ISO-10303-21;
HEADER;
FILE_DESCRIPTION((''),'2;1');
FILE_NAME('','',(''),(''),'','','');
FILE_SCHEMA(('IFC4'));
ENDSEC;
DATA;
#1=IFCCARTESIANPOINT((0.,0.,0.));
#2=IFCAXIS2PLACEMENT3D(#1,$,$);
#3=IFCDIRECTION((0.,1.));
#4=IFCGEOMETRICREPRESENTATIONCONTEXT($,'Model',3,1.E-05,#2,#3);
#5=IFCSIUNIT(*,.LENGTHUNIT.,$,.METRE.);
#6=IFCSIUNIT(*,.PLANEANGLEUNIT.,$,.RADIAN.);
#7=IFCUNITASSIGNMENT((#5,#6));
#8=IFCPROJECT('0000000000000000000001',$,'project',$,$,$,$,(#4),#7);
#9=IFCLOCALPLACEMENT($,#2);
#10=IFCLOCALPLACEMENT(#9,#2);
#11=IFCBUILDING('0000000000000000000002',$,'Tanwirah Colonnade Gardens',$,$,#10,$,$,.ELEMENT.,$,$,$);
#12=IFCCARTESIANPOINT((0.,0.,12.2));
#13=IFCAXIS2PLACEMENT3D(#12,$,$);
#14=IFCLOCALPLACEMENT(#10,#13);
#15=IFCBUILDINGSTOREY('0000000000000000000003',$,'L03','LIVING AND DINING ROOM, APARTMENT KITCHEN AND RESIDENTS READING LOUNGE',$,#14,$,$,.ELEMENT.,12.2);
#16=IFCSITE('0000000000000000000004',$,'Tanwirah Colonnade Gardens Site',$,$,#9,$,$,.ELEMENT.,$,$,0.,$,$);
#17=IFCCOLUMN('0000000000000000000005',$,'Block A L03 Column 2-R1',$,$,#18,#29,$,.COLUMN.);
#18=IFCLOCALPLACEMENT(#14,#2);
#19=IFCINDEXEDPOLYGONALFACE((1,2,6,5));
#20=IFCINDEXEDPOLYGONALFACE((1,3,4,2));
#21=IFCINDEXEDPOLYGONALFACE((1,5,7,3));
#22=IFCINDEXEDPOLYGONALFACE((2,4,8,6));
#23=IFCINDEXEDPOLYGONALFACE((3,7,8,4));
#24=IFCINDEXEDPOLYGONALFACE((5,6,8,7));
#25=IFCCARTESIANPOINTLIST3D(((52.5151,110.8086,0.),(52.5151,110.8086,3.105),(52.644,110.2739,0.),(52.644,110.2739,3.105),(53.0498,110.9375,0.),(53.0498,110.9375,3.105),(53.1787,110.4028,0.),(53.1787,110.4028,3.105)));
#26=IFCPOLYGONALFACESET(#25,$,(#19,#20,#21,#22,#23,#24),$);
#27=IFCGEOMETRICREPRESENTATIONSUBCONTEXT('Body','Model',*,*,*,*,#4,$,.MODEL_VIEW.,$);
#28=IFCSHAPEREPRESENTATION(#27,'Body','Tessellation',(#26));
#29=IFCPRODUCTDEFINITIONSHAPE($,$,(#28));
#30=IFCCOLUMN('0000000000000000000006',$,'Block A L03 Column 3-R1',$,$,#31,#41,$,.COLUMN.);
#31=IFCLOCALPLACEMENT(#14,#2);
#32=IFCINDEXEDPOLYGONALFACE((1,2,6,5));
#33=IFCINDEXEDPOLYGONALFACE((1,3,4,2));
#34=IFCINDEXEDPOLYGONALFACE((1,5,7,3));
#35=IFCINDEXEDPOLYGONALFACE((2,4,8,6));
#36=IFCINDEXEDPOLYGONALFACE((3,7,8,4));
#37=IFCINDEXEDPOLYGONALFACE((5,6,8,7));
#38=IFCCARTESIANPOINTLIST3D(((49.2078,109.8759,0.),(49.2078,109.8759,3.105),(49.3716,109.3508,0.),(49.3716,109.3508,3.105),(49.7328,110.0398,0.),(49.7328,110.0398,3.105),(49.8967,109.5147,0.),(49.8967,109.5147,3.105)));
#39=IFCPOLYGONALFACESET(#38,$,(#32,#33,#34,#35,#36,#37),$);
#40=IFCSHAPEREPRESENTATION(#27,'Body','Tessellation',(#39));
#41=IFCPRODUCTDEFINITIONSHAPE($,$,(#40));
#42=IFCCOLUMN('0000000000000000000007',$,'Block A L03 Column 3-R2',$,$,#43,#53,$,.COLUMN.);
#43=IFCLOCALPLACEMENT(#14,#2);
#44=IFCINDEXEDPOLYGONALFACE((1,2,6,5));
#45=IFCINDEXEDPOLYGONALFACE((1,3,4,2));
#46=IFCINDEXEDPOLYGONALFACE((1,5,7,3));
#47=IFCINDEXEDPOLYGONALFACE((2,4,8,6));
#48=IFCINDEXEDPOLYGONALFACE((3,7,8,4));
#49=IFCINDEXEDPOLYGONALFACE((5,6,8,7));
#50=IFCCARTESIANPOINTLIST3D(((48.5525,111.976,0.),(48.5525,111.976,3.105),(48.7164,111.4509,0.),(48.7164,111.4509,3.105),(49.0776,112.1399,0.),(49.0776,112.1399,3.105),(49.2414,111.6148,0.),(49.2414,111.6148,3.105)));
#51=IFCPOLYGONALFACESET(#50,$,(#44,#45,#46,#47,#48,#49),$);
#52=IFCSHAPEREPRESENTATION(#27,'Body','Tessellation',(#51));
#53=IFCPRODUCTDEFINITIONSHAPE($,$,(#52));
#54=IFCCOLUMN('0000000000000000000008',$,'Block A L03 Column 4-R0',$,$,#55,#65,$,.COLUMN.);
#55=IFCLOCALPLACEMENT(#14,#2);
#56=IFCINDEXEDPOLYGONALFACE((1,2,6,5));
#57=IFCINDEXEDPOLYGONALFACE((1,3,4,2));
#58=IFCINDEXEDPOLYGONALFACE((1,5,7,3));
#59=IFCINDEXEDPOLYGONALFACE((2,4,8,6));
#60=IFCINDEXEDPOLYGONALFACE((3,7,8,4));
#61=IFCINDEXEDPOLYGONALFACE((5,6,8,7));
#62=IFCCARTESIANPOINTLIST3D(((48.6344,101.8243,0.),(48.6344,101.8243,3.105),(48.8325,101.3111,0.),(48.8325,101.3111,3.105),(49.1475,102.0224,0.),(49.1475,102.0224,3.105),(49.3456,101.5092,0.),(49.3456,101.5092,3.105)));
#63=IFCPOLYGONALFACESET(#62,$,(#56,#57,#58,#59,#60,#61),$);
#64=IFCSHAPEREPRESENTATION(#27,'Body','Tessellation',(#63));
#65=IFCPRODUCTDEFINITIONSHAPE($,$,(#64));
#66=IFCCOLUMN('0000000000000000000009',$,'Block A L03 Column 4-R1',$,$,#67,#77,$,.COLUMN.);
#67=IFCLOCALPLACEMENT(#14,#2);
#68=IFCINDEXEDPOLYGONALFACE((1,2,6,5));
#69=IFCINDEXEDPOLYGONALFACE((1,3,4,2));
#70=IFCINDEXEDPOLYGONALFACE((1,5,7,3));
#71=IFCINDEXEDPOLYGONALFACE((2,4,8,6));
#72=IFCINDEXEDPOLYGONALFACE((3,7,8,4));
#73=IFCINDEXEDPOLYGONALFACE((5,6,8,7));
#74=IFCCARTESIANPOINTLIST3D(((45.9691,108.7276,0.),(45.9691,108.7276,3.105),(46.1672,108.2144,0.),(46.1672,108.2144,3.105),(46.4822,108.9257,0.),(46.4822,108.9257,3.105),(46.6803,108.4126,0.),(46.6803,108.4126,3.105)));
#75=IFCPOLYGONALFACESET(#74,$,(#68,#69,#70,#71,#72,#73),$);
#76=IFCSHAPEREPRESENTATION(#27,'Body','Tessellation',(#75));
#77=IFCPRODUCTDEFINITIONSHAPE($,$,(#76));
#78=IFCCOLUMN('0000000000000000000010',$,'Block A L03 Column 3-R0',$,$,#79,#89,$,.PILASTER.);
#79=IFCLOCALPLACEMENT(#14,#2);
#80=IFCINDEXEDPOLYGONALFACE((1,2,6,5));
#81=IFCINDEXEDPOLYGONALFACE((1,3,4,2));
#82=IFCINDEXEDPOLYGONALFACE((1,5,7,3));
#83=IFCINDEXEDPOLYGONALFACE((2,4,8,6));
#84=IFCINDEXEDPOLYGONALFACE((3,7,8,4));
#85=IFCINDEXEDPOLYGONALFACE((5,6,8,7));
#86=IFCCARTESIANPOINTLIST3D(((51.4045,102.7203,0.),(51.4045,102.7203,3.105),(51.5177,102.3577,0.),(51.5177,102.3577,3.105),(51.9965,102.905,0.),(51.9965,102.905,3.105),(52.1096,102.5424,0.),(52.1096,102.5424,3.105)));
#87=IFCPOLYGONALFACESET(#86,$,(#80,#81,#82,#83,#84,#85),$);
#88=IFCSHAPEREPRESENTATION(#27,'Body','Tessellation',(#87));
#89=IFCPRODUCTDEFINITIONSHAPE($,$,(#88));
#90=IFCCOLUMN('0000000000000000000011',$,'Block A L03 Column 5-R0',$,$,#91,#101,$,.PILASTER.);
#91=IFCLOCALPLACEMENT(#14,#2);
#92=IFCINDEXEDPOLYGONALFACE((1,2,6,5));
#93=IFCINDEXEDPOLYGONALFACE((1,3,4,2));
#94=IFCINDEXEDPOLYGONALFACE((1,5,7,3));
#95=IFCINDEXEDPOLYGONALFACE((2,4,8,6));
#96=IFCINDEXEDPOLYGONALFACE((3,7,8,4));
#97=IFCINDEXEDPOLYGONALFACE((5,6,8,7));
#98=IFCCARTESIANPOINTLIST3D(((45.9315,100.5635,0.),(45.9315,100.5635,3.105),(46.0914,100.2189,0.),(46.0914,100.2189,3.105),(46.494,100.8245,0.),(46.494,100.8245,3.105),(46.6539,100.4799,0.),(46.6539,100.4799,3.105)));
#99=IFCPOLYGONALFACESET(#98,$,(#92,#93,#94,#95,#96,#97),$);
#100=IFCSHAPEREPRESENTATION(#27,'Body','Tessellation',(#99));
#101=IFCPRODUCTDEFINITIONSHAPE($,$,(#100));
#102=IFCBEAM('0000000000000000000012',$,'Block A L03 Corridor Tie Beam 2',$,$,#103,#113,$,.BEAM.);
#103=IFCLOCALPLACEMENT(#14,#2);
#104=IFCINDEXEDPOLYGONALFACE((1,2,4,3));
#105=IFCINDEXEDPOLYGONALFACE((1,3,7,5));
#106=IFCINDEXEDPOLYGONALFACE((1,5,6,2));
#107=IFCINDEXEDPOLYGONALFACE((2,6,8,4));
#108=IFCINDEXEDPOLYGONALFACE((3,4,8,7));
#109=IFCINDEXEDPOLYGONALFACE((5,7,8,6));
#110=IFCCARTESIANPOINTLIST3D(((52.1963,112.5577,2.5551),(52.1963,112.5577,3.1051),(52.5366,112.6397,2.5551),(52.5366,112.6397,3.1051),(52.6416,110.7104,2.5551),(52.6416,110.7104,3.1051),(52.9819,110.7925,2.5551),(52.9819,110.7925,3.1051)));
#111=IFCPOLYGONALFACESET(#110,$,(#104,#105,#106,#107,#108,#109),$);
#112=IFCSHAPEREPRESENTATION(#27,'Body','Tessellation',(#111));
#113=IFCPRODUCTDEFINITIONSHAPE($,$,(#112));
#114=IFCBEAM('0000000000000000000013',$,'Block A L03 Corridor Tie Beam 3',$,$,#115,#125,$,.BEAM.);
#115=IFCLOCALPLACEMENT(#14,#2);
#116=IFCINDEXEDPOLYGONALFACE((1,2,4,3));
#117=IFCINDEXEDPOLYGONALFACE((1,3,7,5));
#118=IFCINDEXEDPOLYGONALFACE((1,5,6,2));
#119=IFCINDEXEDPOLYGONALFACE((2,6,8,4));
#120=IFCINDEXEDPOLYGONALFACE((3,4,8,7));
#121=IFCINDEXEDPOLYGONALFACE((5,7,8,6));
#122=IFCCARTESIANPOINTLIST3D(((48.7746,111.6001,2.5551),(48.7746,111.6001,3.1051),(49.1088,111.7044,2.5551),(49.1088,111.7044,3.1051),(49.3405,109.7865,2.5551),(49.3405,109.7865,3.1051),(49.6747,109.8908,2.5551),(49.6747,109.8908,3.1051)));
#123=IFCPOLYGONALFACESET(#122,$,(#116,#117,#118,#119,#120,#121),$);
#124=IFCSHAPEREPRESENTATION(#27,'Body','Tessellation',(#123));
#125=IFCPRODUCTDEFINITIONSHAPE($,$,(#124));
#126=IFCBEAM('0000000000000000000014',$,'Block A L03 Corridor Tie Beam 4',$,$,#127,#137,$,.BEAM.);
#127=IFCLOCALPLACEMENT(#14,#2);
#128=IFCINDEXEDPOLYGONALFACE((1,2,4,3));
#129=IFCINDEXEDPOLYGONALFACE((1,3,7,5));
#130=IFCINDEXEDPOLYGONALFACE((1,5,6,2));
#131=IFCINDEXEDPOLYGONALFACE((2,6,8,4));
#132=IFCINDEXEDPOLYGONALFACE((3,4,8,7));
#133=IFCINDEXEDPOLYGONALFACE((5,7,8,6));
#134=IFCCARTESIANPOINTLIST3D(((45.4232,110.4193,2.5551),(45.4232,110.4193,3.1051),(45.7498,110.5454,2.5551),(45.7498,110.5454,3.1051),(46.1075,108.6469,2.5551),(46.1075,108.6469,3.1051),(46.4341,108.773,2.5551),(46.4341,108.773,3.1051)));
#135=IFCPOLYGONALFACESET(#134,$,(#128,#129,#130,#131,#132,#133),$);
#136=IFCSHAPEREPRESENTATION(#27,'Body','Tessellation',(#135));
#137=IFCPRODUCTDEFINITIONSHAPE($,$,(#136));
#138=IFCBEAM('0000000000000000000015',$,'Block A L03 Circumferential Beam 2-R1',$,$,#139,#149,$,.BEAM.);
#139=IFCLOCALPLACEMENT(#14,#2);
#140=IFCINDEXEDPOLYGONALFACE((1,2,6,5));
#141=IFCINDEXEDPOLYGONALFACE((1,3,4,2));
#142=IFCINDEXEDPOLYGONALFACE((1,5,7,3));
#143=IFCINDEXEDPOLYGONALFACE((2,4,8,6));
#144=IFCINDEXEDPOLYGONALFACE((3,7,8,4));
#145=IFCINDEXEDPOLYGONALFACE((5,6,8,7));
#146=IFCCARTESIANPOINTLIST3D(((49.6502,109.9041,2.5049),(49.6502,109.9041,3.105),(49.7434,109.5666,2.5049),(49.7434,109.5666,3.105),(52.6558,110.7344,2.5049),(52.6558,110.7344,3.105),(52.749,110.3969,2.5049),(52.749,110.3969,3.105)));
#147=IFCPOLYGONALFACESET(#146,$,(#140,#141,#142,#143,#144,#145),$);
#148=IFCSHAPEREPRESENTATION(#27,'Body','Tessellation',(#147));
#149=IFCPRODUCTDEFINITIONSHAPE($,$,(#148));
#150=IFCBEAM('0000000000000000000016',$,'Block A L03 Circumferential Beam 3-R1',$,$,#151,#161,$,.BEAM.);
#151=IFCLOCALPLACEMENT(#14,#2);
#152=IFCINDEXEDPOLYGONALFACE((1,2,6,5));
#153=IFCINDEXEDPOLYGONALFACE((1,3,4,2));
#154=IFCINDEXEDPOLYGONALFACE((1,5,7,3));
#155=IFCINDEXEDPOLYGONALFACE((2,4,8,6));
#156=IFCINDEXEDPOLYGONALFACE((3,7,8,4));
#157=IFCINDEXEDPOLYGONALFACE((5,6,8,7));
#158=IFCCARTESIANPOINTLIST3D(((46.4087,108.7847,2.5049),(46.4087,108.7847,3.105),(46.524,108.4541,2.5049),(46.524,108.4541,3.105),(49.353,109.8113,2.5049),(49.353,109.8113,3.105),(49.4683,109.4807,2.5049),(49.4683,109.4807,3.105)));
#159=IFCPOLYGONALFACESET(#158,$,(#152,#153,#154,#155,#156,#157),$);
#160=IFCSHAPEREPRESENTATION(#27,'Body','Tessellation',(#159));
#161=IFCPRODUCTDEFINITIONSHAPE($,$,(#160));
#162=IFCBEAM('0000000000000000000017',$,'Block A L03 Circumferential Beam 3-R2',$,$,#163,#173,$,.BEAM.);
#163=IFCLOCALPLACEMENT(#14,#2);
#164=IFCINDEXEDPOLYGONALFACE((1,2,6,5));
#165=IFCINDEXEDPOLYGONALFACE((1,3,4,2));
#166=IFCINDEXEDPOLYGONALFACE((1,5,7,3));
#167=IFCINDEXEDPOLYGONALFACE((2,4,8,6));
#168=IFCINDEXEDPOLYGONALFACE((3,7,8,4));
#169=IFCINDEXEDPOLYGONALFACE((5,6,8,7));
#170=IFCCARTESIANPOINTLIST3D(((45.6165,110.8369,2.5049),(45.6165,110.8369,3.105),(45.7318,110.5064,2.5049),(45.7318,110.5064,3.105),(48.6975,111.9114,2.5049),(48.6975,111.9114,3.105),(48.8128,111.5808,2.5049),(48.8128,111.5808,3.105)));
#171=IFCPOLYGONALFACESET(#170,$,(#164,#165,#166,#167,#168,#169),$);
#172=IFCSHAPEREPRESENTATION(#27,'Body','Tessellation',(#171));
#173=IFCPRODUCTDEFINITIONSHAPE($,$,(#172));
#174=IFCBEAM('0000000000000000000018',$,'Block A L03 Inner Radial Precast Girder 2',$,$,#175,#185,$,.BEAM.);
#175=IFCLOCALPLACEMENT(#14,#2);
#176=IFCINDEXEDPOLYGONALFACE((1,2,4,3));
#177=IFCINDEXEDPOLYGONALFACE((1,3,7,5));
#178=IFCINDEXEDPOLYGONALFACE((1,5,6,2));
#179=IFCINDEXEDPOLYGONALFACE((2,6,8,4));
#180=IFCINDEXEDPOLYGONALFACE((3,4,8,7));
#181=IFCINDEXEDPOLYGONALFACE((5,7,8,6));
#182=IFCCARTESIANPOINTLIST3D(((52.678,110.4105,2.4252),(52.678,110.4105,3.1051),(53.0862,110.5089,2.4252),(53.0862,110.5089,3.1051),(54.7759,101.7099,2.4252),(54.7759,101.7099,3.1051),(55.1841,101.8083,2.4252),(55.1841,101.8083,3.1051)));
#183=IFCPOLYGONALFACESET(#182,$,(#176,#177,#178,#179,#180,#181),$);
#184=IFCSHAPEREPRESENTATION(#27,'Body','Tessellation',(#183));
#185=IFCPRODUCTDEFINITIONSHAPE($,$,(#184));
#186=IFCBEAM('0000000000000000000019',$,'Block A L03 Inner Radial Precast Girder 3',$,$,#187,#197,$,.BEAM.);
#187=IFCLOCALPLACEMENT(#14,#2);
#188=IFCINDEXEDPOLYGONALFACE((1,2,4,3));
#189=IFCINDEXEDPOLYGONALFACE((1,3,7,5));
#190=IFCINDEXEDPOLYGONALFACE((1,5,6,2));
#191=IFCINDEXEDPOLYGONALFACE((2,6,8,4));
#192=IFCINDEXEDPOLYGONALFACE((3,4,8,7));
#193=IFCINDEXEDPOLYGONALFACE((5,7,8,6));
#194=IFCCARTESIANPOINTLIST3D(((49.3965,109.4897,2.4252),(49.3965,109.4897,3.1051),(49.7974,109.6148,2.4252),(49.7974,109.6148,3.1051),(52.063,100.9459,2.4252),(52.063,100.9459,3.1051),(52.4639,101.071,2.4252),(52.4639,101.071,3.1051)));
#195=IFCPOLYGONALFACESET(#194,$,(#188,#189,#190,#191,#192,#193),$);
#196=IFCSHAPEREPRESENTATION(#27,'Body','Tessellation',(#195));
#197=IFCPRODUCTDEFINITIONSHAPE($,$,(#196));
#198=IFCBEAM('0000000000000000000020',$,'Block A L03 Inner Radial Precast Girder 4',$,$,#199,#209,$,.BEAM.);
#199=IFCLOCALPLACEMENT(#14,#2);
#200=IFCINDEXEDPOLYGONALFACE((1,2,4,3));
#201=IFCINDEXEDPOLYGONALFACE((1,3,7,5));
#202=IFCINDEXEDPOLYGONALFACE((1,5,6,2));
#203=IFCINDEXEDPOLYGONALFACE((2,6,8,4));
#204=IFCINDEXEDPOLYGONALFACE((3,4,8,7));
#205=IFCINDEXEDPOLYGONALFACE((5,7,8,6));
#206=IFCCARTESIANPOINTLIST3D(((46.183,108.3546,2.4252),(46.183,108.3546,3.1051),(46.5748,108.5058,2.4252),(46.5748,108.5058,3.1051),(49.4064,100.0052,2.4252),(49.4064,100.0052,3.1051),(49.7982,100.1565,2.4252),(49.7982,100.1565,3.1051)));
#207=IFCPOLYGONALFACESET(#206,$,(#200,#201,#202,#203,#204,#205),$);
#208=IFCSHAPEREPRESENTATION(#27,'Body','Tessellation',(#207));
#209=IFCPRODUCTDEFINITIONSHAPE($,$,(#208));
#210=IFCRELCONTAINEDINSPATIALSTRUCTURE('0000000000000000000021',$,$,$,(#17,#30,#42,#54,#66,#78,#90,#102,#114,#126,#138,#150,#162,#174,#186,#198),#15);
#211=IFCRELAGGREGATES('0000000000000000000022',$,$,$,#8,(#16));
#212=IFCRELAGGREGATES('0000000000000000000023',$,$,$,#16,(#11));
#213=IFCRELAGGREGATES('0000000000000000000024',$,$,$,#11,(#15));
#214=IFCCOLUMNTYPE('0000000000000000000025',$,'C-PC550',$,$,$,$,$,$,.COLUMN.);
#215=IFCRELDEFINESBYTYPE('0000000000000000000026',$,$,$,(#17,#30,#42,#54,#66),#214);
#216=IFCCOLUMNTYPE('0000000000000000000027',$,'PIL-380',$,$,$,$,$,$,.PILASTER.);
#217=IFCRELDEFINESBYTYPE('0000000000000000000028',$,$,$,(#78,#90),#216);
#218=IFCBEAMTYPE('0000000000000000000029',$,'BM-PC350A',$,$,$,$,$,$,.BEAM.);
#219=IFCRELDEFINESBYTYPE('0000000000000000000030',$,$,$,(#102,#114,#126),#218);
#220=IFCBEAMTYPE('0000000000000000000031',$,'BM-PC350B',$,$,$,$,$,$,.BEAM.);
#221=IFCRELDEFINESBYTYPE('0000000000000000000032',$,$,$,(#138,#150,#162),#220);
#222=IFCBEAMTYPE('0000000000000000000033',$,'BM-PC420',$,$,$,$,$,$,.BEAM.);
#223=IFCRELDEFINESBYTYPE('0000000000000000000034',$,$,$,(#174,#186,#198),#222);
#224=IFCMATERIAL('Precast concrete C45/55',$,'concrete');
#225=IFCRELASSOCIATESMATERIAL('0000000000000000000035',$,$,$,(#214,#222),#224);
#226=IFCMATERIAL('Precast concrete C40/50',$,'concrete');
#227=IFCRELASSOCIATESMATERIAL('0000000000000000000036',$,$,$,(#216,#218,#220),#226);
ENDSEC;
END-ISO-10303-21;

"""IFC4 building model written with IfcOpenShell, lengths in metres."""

from ifc_helpers import new_model, si_unit, direction, frame, origin, origin_2d, place, context, subcontext, project, spatial, rectangle, extrude, material, material_profile, profile_set, type_object, element, save


model = new_model("IFC4")

# Units and contexts
model_context = context("Model", 3, precision=1e-05, world=origin(), true_north=direction((0.0, 1.0)))
body_context = subcontext(model_context, "Body", "Model", "MODEL_VIEW")
ifc_project = project(units=[si_unit("LENGTHUNIT", "METRE"), si_unit("PLANEANGLEUNIT", "RADIAN")], contexts=[model_context])

# Site, building, storey
site_placement = place(None, origin())
site = spatial("IfcSite", under=ifc_project, at=site_placement, Name="Tanwirah Colonnade Gardens Site", CompositionType="ELEMENT", RefElevation=0.0)
building_placement = place(site_placement, origin())
building = spatial("IfcBuilding", under=site, at=building_placement, Name="Tanwirah Colonnade Gardens", CompositionType="ELEMENT")
storey_placement = place(building_placement, frame((0.0, 0.0, 12.2)))
storey = spatial("IfcBuildingStorey", under=building, at=storey_placement, Name="L03", Description="LIVING AND DINING ROOM, APARTMENT KITCHEN AND RESIDENTS READING LOUNGE", CompositionType="ELEMENT", Elevation=12.2)

# Columns
ifc_material_1 = material(Name="Precast concrete C45/55", Category="concrete")
ifc_material_profile_1 = material_profile(ifc_material_1, rectangle(XDim=0.55, YDim=0.55, at=origin_2d()), Name="PC-COL 550x550")
ifc_profile_set_1 = profile_set([ifc_material_profile_1], Name="Precast concrete C45/55")
column_type_1 = type_object("IfcColumnType", Name="C-PC550", PredefinedType="COLUMN", material=ifc_profile_set_1)
for number, where, z_axis, x_axis, name in (
    (1, (52.8469, 110.6057, 0.0), (0.0, 0.0, 1.0), (-0.234388, 0.972143, 0.0), "Block A L03 Column 2-R1"),
    (2, (49.5522, 109.6953, 0.0), (0.0, 0.0, 1.0), (-0.29793, 0.954588, 0.0), "Block A L03 Column 3-R1"),
    (3, (48.897, 111.7954, 0.0), (0.0, 0.0, 1.0), (-0.29793, 0.954588, 0.0), "Block A L03 Column 3-R2"),
    (4, (48.99, 101.6667, 0.0), (0.0, 0.0, 1.0), (-0.360178, 0.932884, 0.0), "Block A L03 Column 4-R0"),
    (5, (46.3247, 108.5701, 0.0), (0.0, 0.0, 1.0), (-0.360178, 0.932884, 0.0), "Block A L03 Column 4-R1"),
):
    element("IfcColumn", number, at=place(storey_placement, frame(where, z_axis=z_axis, x_axis=x_axis)), inside=storey, type_object=column_type_1, Name=name, PredefinedType="COLUMN", context=body_context, shape_type="SweptSolid", body=[
        extrude(rectangle(XDim=0.55, YDim=0.55, at=origin_2d()), origin(), (0.0, 0.0, 1.0), 3.105),
    ])
ifc_material_2 = material(Name="Precast concrete C40/50", Category="concrete")
ifc_material_profile_2 = material_profile(ifc_material_2, rectangle(XDim=0.3799, YDim=0.6201, at=origin_2d()), Name="PC-PIL 380x620")
ifc_profile_set_2 = profile_set([ifc_material_profile_2], Name="Precast concrete C40/50")
column_type_2 = type_object("IfcColumnType", Name="PIL-380", PredefinedType="PILASTER", material=ifc_profile_set_2)
for number, where, z_axis, x_axis, name in (
    (6, (51.7571, 102.6313, 0.0), (0.0, 0.0, 1.0), (-0.29793, 0.954588, 0.0), "Block A L03 Column 3-R0"),
    (7, (46.2927, 100.5217, 0.0), (0.0, 0.0, 1.0), (-0.42086, 0.907126, 0.0), "Block A L03 Column 5-R0"),
):
    element("IfcColumn", number, at=place(storey_placement, frame(where, z_axis=z_axis, x_axis=x_axis)), inside=storey, type_object=column_type_2, Name=name, PredefinedType="PILASTER", context=body_context, shape_type="SweptSolid", body=[
        extrude(rectangle(XDim=0.3799, YDim=0.6201, at=origin_2d()), origin(), (0.0, 0.0, 1.0), 3.105),
    ])

# Beams
ifc_material_profile_3 = material_profile(ifc_material_2, rectangle(XDim=0.3501, YDim=0.55, at=origin_2d()), Name="PC-BM 350x550")
ifc_profile_set_3 = profile_set([ifc_material_profile_3], Name="Precast concrete C40/50")
beam_type_1 = type_object("IfcBeamType", Name="BM-PC350A", PredefinedType="BEAM", material=ifc_profile_set_3)
beam_1_placement = place(storey_placement, frame((52.8118, 110.7515, 2.8301), z_axis=(-0.234364, 0.972149, 0.0), x_axis=(-0.972149, -0.234364, 0.0)))
element("IfcBeam", 8, at=beam_1_placement, inside=storey, type_object=beam_type_1, Name="Block A L03 Corridor Tie Beam 2", PredefinedType="BEAM", context=body_context, shape_type="SweptSolid", body=[
    extrude(rectangle(XDim=0.3501, YDim=0.55, at=origin_2d()), origin(), (0.0, 0.0, 1.0), 1.9001),
])
for number, where, z_axis, x_axis, name in (
    (9, (49.5076, 109.8386, 2.8301), (-0.297858, 0.95461, 0.0), (-0.95461, -0.297858, 0.0), "Block A L03 Corridor Tie Beam 3"),
    (10, (46.2708, 108.71, 2.8301), (-0.360176, 0.932885, 0.0), (-0.932885, -0.360176, 0.0), "Block A L03 Corridor Tie Beam 4"),
):
    element("IfcBeam", number, at=place(storey_placement, frame(where, z_axis=z_axis, x_axis=x_axis)), inside=storey, type_object=beam_type_1, Name=name, PredefinedType="BEAM", context=body_context, shape_type="SweptSolid", body=[
        extrude(rectangle(XDim=0.3501, YDim=0.55, at=origin_2d()), origin(), (0.0, 0.0, 1.0), 1.8999),
    ])
ifc_material_profile_4 = material_profile(ifc_material_2, rectangle(XDim=0.3501, YDim=0.6001, at=origin_2d()), Name="PC-BM 350x600")
ifc_profile_set_4 = profile_set([ifc_material_profile_4], Name="Precast concrete C40/50")
beam_type_2 = type_object("IfcBeamType", Name="BM-PC350B", PredefinedType="BEAM", material=ifc_profile_set_4)
for number, where, z_axis, x_axis, name in (
    (11, (52.7024, 110.5657, 2.8049), (-0.963895, -0.266283, 0.0), (0.266283, -0.963895, 0.0), "Block A L03 Circumferential Beam 2-R1"),
    (12, (49.4106, 109.646, 2.8049), (-0.944248, -0.329234, 0.0), (0.329234, -0.944248, 0.0), "Block A L03 Circumferential Beam 3-R1"),
):
    element("IfcBeam", number, at=place(storey_placement, frame(where, z_axis=z_axis, x_axis=x_axis)), inside=storey, type_object=beam_type_2, Name=name, PredefinedType="BEAM", context=body_context, shape_type="SweptSolid", body=[
        extrude(rectangle(XDim=0.3501, YDim=0.6001, at=origin_2d()), origin(), (0.0, 0.0, 1.0), 3.1182),
    ])
beam_2_placement = place(storey_placement, frame((48.7551, 111.7461, 2.8049), z_axis=(-0.944231, -0.329284, 0.0), x_axis=(0.329284, -0.944231, 0.0)))
element("IfcBeam", 13, at=beam_2_placement, inside=storey, type_object=beam_type_2, Name="Block A L03 Circumferential Beam 3-R2", PredefinedType="BEAM", context=body_context, shape_type="SweptSolid", body=[
    extrude(rectangle(XDim=0.3501, YDim=0.6001, at=origin_2d()), origin(), (0.0, 0.0, 1.0), 3.2629),
])
ifc_material_profile_5 = material_profile(ifc_material_1, rectangle(XDim=0.4199, YDim=0.6799, at=origin_2d()), Name="PC-BM 420x680")
ifc_profile_set_5 = profile_set([ifc_material_profile_5], Name="Precast concrete C45/55")
beam_type_3 = type_object("IfcBeamType", Name="BM-PC420", PredefinedType="BEAM", material=ifc_profile_set_5)
beam_3_placement = place(storey_placement, frame((52.8821, 110.4597, 2.7651), z_axis=(0.234401, -0.97214, 0.0), x_axis=(0.97214, 0.234401, 0.0)))
element("IfcBeam", 14, at=beam_3_placement, inside=storey, type_object=beam_type_3, Name="Block A L03 Inner Radial Precast Girder 2", PredefinedType="BEAM", context=body_context, shape_type="SweptSolid", body=[
    extrude(rectangle(XDim=0.4199, YDim=0.6799, at=origin_2d()), origin(), (0.0, 0.0, 1.0), 8.95),
])
beam_4_placement = place(storey_placement, frame((49.5969, 109.5522, 2.7651), z_axis=(0.297929, -0.954588, 0.0), x_axis=(0.954588, 0.297929, 0.0)))
element("IfcBeam", 15, at=beam_4_placement, inside=storey, type_object=beam_type_3, Name="Block A L03 Inner Radial Precast Girder 3", PredefinedType="BEAM", context=body_context, shape_type="SweptSolid", body=[
    extrude(rectangle(XDim=0.4199, YDim=0.6799, at=origin_2d()), origin(), (0.0, 0.0, 1.0), 8.9502),
])
beam_5_placement = place(storey_placement, frame((46.3789, 108.4302, 2.7651), z_axis=(0.360156, -0.932892, 0.0), x_axis=(0.932892, 0.360156, 0.0)))
element("IfcBeam", 16, at=beam_5_placement, inside=storey, type_object=beam_type_3, Name="Block A L03 Inner Radial Precast Girder 4", PredefinedType="BEAM", context=body_context, shape_type="SweptSolid", body=[
    extrude(rectangle(XDim=0.4199, YDim=0.6799, at=origin_2d()), origin(), (0.0, 0.0, 1.0), 8.95),
])

save(model, "model.ifc")
